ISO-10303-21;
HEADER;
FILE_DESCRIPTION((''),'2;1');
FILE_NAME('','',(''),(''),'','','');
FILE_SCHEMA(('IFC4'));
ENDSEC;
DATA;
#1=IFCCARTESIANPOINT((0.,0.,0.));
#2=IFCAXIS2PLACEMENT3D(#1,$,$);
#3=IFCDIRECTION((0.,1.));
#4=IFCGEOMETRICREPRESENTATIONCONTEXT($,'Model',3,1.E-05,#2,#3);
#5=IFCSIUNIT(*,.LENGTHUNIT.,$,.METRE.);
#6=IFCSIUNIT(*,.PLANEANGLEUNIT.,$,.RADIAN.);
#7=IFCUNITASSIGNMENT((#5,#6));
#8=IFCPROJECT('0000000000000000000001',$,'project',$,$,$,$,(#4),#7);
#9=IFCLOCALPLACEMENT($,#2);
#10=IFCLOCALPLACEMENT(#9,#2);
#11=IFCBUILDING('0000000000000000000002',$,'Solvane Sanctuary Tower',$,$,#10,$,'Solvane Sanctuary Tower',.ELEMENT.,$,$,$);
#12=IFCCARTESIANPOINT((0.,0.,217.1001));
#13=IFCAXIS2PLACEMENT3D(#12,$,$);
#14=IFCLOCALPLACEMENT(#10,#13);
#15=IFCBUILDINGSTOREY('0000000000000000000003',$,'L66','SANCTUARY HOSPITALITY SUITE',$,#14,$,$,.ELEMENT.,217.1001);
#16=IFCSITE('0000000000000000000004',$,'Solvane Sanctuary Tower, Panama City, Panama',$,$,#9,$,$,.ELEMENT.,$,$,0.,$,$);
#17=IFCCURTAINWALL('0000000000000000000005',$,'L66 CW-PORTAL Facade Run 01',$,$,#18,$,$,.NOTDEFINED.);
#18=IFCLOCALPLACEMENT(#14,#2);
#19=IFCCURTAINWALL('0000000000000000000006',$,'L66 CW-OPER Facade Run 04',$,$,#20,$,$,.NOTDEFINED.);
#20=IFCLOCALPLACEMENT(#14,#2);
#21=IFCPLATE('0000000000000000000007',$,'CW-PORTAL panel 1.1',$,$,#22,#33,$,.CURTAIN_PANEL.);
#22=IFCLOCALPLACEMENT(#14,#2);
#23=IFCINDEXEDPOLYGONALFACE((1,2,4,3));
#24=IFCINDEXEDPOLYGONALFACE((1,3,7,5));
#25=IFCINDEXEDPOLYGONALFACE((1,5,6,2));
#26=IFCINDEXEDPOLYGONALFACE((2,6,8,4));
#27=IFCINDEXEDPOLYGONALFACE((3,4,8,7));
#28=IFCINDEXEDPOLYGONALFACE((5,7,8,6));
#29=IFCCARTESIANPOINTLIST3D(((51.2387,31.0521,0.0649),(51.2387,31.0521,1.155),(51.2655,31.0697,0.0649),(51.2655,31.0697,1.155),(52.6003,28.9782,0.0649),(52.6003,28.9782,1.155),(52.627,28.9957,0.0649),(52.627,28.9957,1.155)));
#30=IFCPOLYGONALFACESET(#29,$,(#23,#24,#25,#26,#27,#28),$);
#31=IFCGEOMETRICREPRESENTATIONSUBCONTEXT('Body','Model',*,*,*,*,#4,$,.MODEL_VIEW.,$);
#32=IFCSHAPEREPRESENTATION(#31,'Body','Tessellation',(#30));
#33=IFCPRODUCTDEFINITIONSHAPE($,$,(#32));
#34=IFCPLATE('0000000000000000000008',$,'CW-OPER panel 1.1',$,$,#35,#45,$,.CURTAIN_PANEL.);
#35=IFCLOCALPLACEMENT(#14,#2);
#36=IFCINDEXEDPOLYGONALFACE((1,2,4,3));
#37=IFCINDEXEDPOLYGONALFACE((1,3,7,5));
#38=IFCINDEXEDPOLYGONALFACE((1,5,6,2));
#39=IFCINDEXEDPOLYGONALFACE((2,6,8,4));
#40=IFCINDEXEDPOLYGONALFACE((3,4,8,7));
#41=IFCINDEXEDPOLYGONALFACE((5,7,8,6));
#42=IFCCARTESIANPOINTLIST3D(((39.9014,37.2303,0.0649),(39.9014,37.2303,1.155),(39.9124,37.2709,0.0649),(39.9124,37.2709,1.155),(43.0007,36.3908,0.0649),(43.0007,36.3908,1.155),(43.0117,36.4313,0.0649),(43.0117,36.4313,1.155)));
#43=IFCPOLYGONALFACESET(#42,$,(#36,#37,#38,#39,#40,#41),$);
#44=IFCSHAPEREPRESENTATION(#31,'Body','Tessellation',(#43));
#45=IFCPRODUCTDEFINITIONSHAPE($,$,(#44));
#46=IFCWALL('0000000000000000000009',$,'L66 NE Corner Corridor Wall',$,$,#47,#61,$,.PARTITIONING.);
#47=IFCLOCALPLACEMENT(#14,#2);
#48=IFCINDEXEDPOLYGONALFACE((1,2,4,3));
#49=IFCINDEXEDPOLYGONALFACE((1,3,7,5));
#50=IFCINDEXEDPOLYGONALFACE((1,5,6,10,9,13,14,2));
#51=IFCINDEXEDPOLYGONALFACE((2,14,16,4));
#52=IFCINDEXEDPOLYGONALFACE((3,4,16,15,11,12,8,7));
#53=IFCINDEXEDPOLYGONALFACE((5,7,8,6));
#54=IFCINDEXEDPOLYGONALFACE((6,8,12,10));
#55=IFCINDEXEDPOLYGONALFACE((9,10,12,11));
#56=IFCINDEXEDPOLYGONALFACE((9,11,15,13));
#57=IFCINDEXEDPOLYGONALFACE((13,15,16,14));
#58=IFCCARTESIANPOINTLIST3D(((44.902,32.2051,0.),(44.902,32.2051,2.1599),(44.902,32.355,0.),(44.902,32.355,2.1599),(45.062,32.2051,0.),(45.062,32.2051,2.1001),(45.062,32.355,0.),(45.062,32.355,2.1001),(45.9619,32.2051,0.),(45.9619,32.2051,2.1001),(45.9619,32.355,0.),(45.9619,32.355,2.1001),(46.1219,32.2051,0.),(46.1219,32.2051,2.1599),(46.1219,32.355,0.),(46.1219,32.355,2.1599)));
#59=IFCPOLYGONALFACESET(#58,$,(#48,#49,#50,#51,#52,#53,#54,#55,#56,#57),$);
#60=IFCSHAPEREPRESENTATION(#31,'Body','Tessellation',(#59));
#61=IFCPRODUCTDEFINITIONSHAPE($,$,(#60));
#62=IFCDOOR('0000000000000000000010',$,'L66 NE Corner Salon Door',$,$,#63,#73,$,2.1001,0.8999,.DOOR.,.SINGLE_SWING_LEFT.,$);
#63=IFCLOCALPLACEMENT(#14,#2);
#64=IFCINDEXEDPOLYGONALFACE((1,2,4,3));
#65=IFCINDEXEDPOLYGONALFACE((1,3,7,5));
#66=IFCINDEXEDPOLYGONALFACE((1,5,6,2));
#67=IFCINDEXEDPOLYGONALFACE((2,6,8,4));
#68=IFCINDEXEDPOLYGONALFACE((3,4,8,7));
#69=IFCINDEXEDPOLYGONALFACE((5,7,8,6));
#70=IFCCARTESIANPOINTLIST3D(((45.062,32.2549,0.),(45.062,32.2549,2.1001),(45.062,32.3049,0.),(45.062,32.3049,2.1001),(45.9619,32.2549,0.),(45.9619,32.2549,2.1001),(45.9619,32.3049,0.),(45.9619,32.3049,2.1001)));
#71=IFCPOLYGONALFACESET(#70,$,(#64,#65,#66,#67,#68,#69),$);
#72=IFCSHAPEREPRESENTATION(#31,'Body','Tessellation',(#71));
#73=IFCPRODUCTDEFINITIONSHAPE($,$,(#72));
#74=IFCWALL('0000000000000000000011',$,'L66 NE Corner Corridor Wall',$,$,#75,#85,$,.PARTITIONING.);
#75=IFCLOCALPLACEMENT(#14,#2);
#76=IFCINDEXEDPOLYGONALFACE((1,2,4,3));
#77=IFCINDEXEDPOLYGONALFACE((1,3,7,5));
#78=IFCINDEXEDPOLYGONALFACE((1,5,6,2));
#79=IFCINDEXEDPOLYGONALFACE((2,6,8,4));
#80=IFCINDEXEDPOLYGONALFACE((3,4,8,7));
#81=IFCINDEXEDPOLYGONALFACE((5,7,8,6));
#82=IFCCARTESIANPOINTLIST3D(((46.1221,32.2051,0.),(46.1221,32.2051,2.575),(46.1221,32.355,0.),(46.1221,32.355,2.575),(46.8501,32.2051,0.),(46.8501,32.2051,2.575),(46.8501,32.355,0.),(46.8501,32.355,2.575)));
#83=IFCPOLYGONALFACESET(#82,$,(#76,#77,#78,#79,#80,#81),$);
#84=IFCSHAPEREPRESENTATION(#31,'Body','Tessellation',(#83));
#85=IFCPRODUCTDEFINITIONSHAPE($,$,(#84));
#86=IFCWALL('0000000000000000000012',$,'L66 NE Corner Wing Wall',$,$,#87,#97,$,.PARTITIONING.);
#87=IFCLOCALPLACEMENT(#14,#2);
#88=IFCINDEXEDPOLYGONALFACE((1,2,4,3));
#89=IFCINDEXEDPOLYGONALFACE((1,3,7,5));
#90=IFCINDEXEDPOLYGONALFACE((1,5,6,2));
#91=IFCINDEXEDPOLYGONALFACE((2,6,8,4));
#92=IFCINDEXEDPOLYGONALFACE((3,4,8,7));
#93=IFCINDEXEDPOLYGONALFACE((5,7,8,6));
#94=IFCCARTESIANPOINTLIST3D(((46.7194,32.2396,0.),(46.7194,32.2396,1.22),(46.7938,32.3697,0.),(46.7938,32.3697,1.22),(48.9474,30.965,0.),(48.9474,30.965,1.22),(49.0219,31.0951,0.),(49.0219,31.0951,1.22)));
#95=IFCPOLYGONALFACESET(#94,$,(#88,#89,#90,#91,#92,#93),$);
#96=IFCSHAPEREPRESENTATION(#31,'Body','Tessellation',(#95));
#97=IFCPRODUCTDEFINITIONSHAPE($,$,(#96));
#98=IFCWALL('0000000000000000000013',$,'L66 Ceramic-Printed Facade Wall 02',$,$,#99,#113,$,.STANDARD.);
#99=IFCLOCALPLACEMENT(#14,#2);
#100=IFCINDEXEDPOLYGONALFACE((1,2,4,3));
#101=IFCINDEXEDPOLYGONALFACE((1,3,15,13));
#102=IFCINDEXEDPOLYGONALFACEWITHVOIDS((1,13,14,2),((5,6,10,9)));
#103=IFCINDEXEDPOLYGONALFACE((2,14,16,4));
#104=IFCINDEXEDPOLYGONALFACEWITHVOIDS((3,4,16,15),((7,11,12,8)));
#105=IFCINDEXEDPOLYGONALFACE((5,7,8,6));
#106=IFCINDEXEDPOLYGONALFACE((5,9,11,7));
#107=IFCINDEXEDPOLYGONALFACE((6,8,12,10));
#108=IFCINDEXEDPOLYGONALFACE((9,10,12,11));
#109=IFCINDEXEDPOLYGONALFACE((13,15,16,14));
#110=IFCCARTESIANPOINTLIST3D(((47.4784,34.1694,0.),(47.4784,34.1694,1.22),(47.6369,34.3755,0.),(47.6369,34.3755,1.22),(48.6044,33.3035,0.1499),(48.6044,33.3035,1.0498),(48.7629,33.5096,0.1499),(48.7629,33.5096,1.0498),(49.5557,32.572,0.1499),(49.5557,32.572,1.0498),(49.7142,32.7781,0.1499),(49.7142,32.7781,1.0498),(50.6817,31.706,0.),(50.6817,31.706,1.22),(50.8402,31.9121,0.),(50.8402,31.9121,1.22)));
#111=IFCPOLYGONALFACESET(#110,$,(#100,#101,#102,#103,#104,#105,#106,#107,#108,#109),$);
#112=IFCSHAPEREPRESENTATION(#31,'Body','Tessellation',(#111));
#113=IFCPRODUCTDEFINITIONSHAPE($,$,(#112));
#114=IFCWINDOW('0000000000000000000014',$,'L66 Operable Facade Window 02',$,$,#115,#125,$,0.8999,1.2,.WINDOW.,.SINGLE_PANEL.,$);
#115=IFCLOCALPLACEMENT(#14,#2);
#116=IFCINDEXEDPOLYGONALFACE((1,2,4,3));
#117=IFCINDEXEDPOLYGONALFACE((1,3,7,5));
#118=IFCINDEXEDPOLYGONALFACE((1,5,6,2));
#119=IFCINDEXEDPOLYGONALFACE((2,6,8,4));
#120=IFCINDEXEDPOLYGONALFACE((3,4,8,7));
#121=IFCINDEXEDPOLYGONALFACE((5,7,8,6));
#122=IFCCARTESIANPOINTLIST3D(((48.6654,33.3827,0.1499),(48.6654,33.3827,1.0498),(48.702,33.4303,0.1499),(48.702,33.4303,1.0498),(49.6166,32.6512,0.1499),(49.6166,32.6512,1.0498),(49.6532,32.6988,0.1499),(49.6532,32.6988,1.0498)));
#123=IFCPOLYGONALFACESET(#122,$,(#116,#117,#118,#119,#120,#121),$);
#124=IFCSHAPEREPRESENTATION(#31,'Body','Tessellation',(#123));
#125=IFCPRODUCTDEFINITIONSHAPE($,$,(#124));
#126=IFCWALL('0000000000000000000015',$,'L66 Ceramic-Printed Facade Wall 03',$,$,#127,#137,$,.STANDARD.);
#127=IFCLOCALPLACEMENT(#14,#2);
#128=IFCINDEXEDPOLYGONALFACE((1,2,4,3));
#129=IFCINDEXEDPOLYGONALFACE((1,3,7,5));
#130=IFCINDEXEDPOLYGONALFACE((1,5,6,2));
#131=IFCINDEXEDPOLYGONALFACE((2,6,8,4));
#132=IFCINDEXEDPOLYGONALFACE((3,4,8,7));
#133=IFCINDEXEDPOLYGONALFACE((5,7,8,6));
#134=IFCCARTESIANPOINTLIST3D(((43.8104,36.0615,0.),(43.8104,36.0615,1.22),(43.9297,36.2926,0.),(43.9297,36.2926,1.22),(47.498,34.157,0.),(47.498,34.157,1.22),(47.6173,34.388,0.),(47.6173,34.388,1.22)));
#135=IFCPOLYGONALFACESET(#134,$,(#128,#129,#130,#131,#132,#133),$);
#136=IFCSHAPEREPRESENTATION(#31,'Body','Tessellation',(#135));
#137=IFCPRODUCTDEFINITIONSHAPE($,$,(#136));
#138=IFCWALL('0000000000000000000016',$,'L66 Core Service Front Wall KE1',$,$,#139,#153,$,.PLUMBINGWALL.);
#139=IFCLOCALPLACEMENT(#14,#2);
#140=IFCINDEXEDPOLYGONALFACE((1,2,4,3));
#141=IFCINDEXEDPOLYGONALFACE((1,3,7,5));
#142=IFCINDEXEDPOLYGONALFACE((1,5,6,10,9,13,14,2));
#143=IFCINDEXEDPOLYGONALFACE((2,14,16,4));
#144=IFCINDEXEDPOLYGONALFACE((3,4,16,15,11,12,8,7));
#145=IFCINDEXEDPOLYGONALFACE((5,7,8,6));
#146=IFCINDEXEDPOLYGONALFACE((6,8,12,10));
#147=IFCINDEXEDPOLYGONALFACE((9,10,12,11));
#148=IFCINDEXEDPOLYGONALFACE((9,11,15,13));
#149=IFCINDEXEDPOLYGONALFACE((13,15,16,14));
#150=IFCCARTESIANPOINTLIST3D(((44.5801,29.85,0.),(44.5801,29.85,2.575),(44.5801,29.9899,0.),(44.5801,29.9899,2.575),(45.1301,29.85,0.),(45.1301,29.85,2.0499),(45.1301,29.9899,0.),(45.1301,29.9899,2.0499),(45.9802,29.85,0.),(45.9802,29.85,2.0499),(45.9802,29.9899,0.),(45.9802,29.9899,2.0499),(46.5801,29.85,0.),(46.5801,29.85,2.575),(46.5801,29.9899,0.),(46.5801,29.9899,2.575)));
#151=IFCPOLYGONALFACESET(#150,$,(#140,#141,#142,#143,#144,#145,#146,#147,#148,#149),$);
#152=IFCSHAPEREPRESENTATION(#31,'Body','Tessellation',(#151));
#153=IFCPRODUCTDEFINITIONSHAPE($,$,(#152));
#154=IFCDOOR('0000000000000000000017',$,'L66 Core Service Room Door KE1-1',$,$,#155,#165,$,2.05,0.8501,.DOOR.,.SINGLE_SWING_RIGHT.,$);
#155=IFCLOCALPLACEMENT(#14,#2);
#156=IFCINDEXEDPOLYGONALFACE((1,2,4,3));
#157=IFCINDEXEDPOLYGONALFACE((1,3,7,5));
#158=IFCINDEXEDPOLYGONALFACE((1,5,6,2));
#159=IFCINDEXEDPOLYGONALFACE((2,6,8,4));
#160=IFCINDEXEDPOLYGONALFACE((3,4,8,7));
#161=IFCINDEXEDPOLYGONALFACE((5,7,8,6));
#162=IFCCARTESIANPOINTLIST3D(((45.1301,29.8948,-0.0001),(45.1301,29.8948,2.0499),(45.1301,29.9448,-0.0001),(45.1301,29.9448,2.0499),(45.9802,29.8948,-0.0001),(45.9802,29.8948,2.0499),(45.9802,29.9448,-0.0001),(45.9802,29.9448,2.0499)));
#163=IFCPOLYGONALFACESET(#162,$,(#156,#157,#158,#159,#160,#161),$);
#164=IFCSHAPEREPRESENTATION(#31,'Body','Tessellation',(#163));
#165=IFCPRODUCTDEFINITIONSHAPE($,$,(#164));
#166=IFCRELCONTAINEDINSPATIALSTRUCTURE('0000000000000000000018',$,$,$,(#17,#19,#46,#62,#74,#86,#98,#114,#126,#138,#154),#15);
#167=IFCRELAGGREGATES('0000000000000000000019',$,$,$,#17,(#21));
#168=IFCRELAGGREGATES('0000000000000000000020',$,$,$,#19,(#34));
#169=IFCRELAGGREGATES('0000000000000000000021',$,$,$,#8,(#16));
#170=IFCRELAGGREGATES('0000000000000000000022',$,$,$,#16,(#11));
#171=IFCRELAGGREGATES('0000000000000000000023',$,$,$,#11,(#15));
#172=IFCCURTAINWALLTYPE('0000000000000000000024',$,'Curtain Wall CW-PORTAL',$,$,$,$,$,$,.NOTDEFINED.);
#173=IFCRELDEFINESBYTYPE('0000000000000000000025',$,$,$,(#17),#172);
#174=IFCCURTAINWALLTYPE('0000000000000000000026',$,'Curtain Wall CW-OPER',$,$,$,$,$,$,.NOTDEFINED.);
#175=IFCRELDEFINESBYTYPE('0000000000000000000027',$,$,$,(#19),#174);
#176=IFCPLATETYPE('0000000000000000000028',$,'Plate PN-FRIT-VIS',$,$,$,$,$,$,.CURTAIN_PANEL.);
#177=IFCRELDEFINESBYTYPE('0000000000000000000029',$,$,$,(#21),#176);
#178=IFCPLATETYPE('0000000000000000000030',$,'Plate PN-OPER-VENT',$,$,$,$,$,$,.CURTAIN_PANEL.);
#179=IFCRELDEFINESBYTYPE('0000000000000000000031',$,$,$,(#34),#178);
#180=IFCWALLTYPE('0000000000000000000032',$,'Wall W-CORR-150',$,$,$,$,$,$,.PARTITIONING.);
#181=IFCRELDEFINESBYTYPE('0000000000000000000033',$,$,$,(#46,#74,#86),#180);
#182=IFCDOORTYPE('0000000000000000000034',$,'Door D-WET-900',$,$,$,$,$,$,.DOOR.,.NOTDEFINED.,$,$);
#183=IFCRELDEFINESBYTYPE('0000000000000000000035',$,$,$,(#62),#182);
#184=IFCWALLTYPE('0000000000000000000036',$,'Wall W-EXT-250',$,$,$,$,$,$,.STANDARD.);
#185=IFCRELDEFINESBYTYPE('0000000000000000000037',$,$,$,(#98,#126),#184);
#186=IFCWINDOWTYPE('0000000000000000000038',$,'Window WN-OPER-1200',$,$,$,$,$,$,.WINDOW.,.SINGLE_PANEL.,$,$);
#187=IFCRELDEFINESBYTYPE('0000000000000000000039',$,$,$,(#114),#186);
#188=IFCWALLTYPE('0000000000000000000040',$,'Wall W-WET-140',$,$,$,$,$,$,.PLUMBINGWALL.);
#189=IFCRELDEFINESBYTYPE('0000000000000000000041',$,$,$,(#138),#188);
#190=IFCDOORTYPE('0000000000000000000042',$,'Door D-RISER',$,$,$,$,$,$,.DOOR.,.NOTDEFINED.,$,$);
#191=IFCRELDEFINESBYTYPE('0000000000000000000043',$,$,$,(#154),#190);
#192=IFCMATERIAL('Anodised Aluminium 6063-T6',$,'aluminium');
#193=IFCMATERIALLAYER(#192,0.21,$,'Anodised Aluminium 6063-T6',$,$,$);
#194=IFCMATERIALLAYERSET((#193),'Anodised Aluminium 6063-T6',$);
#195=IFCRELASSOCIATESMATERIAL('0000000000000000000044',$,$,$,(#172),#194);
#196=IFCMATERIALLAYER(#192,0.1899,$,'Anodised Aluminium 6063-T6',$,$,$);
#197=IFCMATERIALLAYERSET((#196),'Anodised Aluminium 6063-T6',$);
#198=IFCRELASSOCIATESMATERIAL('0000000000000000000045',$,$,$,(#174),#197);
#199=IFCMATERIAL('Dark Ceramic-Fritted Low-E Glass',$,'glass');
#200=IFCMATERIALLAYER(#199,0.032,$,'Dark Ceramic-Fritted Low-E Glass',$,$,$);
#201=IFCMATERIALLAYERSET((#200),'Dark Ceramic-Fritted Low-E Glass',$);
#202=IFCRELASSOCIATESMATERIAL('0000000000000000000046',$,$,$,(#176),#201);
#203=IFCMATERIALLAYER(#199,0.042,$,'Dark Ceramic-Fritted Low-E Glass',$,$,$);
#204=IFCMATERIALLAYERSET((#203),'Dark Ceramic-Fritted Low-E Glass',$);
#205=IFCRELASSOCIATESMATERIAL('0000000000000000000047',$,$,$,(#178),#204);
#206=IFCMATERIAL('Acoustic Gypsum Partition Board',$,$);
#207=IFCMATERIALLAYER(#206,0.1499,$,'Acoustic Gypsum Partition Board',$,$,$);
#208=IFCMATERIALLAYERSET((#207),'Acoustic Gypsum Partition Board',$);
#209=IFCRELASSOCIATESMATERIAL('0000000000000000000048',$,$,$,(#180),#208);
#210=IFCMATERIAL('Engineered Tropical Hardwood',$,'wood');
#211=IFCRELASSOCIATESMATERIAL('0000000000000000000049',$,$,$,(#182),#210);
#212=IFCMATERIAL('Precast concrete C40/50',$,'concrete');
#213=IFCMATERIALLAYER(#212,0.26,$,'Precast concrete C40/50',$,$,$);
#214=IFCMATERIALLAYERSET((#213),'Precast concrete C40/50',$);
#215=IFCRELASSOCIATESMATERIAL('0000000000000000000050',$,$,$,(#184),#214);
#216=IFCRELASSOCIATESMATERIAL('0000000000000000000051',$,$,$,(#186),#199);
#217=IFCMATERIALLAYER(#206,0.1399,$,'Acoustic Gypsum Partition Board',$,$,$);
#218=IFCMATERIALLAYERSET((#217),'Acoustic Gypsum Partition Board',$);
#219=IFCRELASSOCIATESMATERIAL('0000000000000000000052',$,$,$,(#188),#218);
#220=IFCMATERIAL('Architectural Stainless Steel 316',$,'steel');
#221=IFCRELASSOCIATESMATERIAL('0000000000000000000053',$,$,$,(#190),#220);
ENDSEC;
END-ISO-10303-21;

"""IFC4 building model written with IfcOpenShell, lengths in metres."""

from ifc_helpers import new_model, si_unit, direction, frame, frame_2d, origin, origin_2d, place, context, subcontext, project, spatial, rectangle, extrude, material, layer, layer_set, type_object, element, fill, aggregate, save


model = new_model("IFC4")

# Units and contexts
model_context = context("Model", 3, precision=1e-05, world=origin(), true_north=direction((0.0, 1.0)))
body_context = subcontext(model_context, "Body", "Model", "MODEL_VIEW")
ifc_project = project(units=[si_unit("LENGTHUNIT", "METRE"), si_unit("PLANEANGLEUNIT", "RADIAN")], contexts=[model_context])

# Site, building, storey
site_placement = place(None, origin())
site = spatial("IfcSite", under=ifc_project, at=site_placement, Name="Solvane Sanctuary Tower, Panama City, Panama", CompositionType="ELEMENT", RefElevation=0.0)
building_placement = place(site_placement, origin())
building = spatial("IfcBuilding", under=site, at=building_placement, Name="Solvane Sanctuary Tower", LongName="Solvane Sanctuary Tower", CompositionType="ELEMENT")
storey_placement = place(building_placement, frame((0.0, 0.0, 217.1001)))
storey = spatial("IfcBuildingStorey", under=building, at=storey_placement, Name="L66", Description="SANCTUARY HOSPITALITY SUITE", CompositionType="ELEMENT", Elevation=217.1001)

# Curtain wall
ifc_material_1 = material(Name="Anodised Aluminium 6063-T6", Category="aluminium")
ifc_layer_1 = layer(ifc_material_1, 0.21, Name="Anodised Aluminium 6063-T6")
ifc_layer_set_1 = layer_set([ifc_layer_1], Name="Anodised Aluminium 6063-T6")
curtain_wall_type_1 = type_object("IfcCurtainWallType", Name="Curtain Wall CW-PORTAL", PredefinedType="NOTDEFINED", material=ifc_layer_set_1)
curtain_wall_1_placement = place(storey_placement, origin())
curtain_wall_1 = element("IfcCurtainWall", 1, at=curtain_wall_1_placement, inside=storey, type_object=curtain_wall_type_1, Name="L66 CW-PORTAL Facade Run 01", PredefinedType="NOTDEFINED")

# Curtain wall
ifc_layer_2 = layer(ifc_material_1, 0.1899, Name="Anodised Aluminium 6063-T6")
ifc_layer_set_2 = layer_set([ifc_layer_2], Name="Anodised Aluminium 6063-T6")
curtain_wall_type_2 = type_object("IfcCurtainWallType", Name="Curtain Wall CW-OPER", PredefinedType="NOTDEFINED", material=ifc_layer_set_2)
curtain_wall_2_placement = place(storey_placement, origin())
curtain_wall_2 = element("IfcCurtainWall", 2, at=curtain_wall_2_placement, inside=storey, type_object=curtain_wall_type_2, Name="L66 CW-OPER Facade Run 04", PredefinedType="NOTDEFINED")

# Plates
ifc_material_2 = material(Name="Dark Ceramic-Fritted Low-E Glass", Category="glass")
ifc_layer_3 = layer(ifc_material_2, 0.032, Name="Dark Ceramic-Fritted Low-E Glass")
ifc_layer_set_3 = layer_set([ifc_layer_3], Name="Dark Ceramic-Fritted Low-E Glass")
plate_type_1 = type_object("IfcPlateType", Name="Plate PN-FRIT-VIS", PredefinedType="CURTAIN_PANEL", material=ifc_layer_set_3)
plate_1_placement = place(storey_placement, frame((51.9329, 30.0239, 0.0649), z_axis=(0.0, 0.0, 1.0), x_axis=(-0.548792, 0.835959, 0.0)))
plate_1 = element("IfcPlate", 3, at=plate_1_placement, type_object=plate_type_1, Name="CW-PORTAL panel 1.1", PredefinedType="CURTAIN_PANEL", context=body_context, shape_type="SweptSolid", body=[
    extrude(rectangle(XDim=2.481, YDim=0.032, at=origin_2d()), origin(), (0.0, 0.0, 1.0), 1.0901),
])
aggregate(curtain_wall_1, [plate_1])
ifc_layer_4 = layer(ifc_material_2, 0.042, Name="Dark Ceramic-Fritted Low-E Glass")
ifc_layer_set_4 = layer_set([ifc_layer_4], Name="Dark Ceramic-Fritted Low-E Glass")
plate_type_2 = type_object("IfcPlateType", Name="Plate PN-OPER-VENT", PredefinedType="CURTAIN_PANEL", material=ifc_layer_set_4)
plate_2_placement = place(storey_placement, frame((41.4565, 36.8308, 0.0649), z_axis=(0.0, 0.0, 1.0), x_axis=(-0.965212, 0.261468, 0.0)))
plate_2 = element("IfcPlate", 4, at=plate_2_placement, type_object=plate_type_2, Name="CW-OPER panel 1.1", PredefinedType="CURTAIN_PANEL", context=body_context, shape_type="SweptSolid", body=[
    extrude(rectangle(XDim=3.2109, YDim=0.042, at=origin_2d()), origin(), (0.0, 0.0, 1.0), 1.0901),
])
aggregate(curtain_wall_2, [plate_2])

# Wall, opening, door
ifc_material_3 = material(Name="Acoustic Gypsum Partition Board")
ifc_layer_5 = layer(ifc_material_3, 0.1499, Name="Acoustic Gypsum Partition Board")
ifc_layer_set_5 = layer_set([ifc_layer_5], Name="Acoustic Gypsum Partition Board")
wall_type_1 = type_object("IfcWallType", Name="Wall W-CORR-150", PredefinedType="PARTITIONING", material=ifc_layer_set_5)
wall_1_placement = place(storey_placement, frame((44.9021, 32.28, 0.0), z_axis=(0.0, 0.0, 1.0), x_axis=(1.0, 0.0, 0.0)))
wall_1 = element("IfcWall", 5, at=wall_1_placement, inside=storey, type_object=wall_type_1, Name="L66 NE Corner Corridor Wall", PredefinedType="PARTITIONING", context=body_context, shape_type="SweptSolid", body=[
    extrude(rectangle(XDim=1.22, YDim=0.1499, at=frame_2d((0.6099, 0.0))), origin(), (0.0, 0.0, 1.0), 2.1599),
])
opening_1_placement = place(wall_1_placement, frame((0.1599, 0.0, 0.0)))
opening_1 = element("IfcOpeningElement", 6, at=opening_1_placement, cuts=wall_1, PredefinedType="OPENING", context=body_context, shape_type="SweptSolid", body=[
    extrude(rectangle(XDim=0.8999, YDim=2.1001, at=frame_2d((0.45, 1.05))), frame((0.0, 0.085, 0.0), z_axis=(0.0, -1.0, 0.0), x_axis=(1.0, 0.0, 0.0)), (0.0, 0.0, 1.0), 0.1699),
])
ifc_material_4 = material(Name="Engineered Tropical Hardwood", Category="wood")
door_type_1 = type_object("IfcDoorType", Name="Door D-WET-900", OperationType="NOTDEFINED", PredefinedType="DOOR", material=ifc_material_4)
door_1_placement = place(opening_1_placement, origin())
door_1 = element("IfcDoor", 7, at=door_1_placement, inside=storey, type_object=door_type_1, Name="L66 NE Corner Salon Door", OperationType="SINGLE_SWING_LEFT", OverallHeight=2.1001, OverallWidth=0.8999, PredefinedType="DOOR", context=body_context, shape_type="SweptSolid", body=[
    extrude(rectangle(XDim=0.8999, YDim=2.1001, at=frame_2d((0.45, 1.05))), frame((0.0, 0.0249, 0.0), z_axis=(0.0, -1.0, 0.0), x_axis=(1.0, 0.0, 0.0)), (0.0, 0.0, 1.0), 0.05),
])
fill(opening_1, door_1)

# Walls
wall_2_placement = place(storey_placement, frame((46.1221, 32.28, 0.0), z_axis=(0.0, 0.0, 1.0), x_axis=(1.0, 0.0, 0.0)))
element("IfcWall", 8, at=wall_2_placement, inside=storey, type_object=wall_type_1, Name="L66 NE Corner Corridor Wall", PredefinedType="PARTITIONING", context=body_context, shape_type="SweptSolid", body=[
    extrude(rectangle(XDim=0.728, YDim=0.1499, at=frame_2d((0.364, 0.0))), origin(), (0.0, 0.0, 1.0), 2.575),
])
wall_3_placement = place(storey_placement, frame((46.7566, 32.3047, 0.0), z_axis=(0.0, 0.0, 1.0), x_axis=(0.867991, -0.496579, 0.0)))
element("IfcWall", 9, at=wall_3_placement, inside=storey, type_object=wall_type_1, Name="L66 NE Corner Wing Wall", PredefinedType="PARTITIONING", context=body_context, shape_type="SweptSolid", body=[
    extrude(rectangle(XDim=2.5669, YDim=0.1499, at=frame_2d((1.2834, 0.0))), origin(), (0.0, 0.0, 1.0), 1.22),
])

# Wall, opening, window
ifc_material_5 = material(Name="Precast concrete C40/50", Category="concrete")
ifc_layer_6 = layer(ifc_material_5, 0.26, Name="Precast concrete C40/50")
ifc_layer_set_6 = layer_set([ifc_layer_6], Name="Precast concrete C40/50")
wall_type_2 = type_object("IfcWallType", Name="Wall W-EXT-250", PredefinedType="STANDARD", material=ifc_layer_set_6)
wall_4_placement = place(storey_placement, frame((50.761, 31.8091, 0.0), z_axis=(0.0, 0.0, 1.0), x_axis=(-0.792714, 0.609594, 0.0)))
wall_4 = element("IfcWall", 10, at=wall_4_placement, inside=storey, type_object=wall_type_2, Name="L66 Ceramic-Printed Facade Wall 02", PredefinedType="STANDARD", context=body_context, shape_type="SweptSolid", body=[
    extrude(rectangle(XDim=4.041, YDim=0.26, at=frame_2d((2.0205, 0.0))), origin(), (0.0, 0.0, 1.0), 1.22),
])
opening_2_placement = place(wall_4_placement, frame((1.4204, 0.0, 0.1499)))
opening_2 = element("IfcOpeningElement", 11, at=opening_2_placement, cuts=wall_4, PredefinedType="OPENING", context=body_context, shape_type="SweptSolid", body=[
    extrude(rectangle(XDim=1.2, YDim=0.8999, at=frame_2d((0.6001, 0.45))), frame((0.0, 0.1399, 0.0), z_axis=(0.0, -1.0, 0.0), x_axis=(1.0, 0.0, 0.0)), (0.0, 0.0, 1.0), 0.28),
])
window_type = type_object("IfcWindowType", Name="Window WN-OPER-1200", PartitioningType="SINGLE_PANEL", PredefinedType="WINDOW", material=ifc_material_2)
window_placement = place(opening_2_placement, origin())
window = element("IfcWindow", 12, at=window_placement, inside=storey, type_object=window_type, Name="L66 Operable Facade Window 02", OverallHeight=0.8999, OverallWidth=1.2, PartitioningType="SINGLE_PANEL", PredefinedType="WINDOW", context=body_context, shape_type="SweptSolid", body=[
    extrude(rectangle(XDim=1.2, YDim=0.8999, at=frame_2d((0.6001, 0.45))), frame((0.0, 0.03, 0.0), z_axis=(0.0, -1.0, 0.0), x_axis=(1.0, 0.0, 0.0)), (0.0, 0.0, 1.0), 0.0601),
])
fill(opening_2, window)

# Wall
wall_5_placement = place(storey_placement, frame((47.5576, 34.2725, 0.0), z_axis=(0.0, 0.0, 1.0), x_axis=(-0.888491, 0.458893, 0.0)))
element("IfcWall", 13, at=wall_5_placement, inside=storey, type_object=wall_type_2, Name="L66 Ceramic-Printed Facade Wall 03", PredefinedType="STANDARD", context=body_context, shape_type="SweptSolid", body=[
    extrude(rectangle(XDim=4.1504, YDim=0.26, at=frame_2d((2.0752, 0.0))), origin(), (0.0, 0.0, 1.0), 1.22),
])

# Wall, opening, door
ifc_layer_7 = layer(ifc_material_3, 0.1399, Name="Acoustic Gypsum Partition Board")
ifc_layer_set_7 = layer_set([ifc_layer_7], Name="Acoustic Gypsum Partition Board")
wall_type_3 = type_object("IfcWallType", Name="Wall W-WET-140", PredefinedType="PLUMBINGWALL", material=ifc_layer_set_7)
wall_6_placement = place(storey_placement, frame((44.5801, 29.9199, 0.0), z_axis=(0.0, 0.0, 1.0), x_axis=(1.0, 0.0, 0.0)))
wall_6 = element("IfcWall", 14, at=wall_6_placement, inside=storey, type_object=wall_type_3, Name="L66 Core Service Front Wall KE1", PredefinedType="PLUMBINGWALL", context=body_context, shape_type="SweptSolid", body=[
    extrude(rectangle(XDim=2.0, YDim=0.1399, at=frame_2d((1.0, 0.0))), origin(), (0.0, 0.0, 1.0), 2.575),
])
opening_3_placement = place(wall_6_placement, frame((0.55, 0.0, 0.0)))
opening_3 = element("IfcOpeningElement", 15, at=opening_3_placement, cuts=wall_6, PredefinedType="OPENING", context=body_context, shape_type="SweptSolid", body=[
    extrude(rectangle(XDim=0.8501, YDim=2.05, at=frame_2d((0.425, 1.0249))), frame((0.0, 0.0798, 0.0), z_axis=(0.0, -1.0, 0.0), x_axis=(1.0, 0.0, 0.0)), (0.0, 0.0, 1.0), 0.1599),
])
ifc_material_6 = material(Name="Architectural Stainless Steel 316", Category="steel")
door_type_2 = type_object("IfcDoorType", Name="Door D-RISER", OperationType="NOTDEFINED", PredefinedType="DOOR", material=ifc_material_6)
door_2_placement = place(opening_3_placement, origin())
door_2 = element("IfcDoor", 16, at=door_2_placement, inside=storey, type_object=door_type_2, Name="L66 Core Service Room Door KE1-1", OperationType="SINGLE_SWING_RIGHT", OverallHeight=2.05, OverallWidth=0.8501, PredefinedType="DOOR", context=body_context, shape_type="SweptSolid", body=[
    extrude(rectangle(XDim=0.8501, YDim=2.05, at=frame_2d((0.425, 1.0249))), frame((0.0, 0.0249, 0.0), z_axis=(0.0, -1.0, 0.0), x_axis=(1.0, 0.0, 0.0)), (0.0, 0.0, 1.0), 0.05),
])
fill(opening_3, door_2)

save(model, "model.ifc")
